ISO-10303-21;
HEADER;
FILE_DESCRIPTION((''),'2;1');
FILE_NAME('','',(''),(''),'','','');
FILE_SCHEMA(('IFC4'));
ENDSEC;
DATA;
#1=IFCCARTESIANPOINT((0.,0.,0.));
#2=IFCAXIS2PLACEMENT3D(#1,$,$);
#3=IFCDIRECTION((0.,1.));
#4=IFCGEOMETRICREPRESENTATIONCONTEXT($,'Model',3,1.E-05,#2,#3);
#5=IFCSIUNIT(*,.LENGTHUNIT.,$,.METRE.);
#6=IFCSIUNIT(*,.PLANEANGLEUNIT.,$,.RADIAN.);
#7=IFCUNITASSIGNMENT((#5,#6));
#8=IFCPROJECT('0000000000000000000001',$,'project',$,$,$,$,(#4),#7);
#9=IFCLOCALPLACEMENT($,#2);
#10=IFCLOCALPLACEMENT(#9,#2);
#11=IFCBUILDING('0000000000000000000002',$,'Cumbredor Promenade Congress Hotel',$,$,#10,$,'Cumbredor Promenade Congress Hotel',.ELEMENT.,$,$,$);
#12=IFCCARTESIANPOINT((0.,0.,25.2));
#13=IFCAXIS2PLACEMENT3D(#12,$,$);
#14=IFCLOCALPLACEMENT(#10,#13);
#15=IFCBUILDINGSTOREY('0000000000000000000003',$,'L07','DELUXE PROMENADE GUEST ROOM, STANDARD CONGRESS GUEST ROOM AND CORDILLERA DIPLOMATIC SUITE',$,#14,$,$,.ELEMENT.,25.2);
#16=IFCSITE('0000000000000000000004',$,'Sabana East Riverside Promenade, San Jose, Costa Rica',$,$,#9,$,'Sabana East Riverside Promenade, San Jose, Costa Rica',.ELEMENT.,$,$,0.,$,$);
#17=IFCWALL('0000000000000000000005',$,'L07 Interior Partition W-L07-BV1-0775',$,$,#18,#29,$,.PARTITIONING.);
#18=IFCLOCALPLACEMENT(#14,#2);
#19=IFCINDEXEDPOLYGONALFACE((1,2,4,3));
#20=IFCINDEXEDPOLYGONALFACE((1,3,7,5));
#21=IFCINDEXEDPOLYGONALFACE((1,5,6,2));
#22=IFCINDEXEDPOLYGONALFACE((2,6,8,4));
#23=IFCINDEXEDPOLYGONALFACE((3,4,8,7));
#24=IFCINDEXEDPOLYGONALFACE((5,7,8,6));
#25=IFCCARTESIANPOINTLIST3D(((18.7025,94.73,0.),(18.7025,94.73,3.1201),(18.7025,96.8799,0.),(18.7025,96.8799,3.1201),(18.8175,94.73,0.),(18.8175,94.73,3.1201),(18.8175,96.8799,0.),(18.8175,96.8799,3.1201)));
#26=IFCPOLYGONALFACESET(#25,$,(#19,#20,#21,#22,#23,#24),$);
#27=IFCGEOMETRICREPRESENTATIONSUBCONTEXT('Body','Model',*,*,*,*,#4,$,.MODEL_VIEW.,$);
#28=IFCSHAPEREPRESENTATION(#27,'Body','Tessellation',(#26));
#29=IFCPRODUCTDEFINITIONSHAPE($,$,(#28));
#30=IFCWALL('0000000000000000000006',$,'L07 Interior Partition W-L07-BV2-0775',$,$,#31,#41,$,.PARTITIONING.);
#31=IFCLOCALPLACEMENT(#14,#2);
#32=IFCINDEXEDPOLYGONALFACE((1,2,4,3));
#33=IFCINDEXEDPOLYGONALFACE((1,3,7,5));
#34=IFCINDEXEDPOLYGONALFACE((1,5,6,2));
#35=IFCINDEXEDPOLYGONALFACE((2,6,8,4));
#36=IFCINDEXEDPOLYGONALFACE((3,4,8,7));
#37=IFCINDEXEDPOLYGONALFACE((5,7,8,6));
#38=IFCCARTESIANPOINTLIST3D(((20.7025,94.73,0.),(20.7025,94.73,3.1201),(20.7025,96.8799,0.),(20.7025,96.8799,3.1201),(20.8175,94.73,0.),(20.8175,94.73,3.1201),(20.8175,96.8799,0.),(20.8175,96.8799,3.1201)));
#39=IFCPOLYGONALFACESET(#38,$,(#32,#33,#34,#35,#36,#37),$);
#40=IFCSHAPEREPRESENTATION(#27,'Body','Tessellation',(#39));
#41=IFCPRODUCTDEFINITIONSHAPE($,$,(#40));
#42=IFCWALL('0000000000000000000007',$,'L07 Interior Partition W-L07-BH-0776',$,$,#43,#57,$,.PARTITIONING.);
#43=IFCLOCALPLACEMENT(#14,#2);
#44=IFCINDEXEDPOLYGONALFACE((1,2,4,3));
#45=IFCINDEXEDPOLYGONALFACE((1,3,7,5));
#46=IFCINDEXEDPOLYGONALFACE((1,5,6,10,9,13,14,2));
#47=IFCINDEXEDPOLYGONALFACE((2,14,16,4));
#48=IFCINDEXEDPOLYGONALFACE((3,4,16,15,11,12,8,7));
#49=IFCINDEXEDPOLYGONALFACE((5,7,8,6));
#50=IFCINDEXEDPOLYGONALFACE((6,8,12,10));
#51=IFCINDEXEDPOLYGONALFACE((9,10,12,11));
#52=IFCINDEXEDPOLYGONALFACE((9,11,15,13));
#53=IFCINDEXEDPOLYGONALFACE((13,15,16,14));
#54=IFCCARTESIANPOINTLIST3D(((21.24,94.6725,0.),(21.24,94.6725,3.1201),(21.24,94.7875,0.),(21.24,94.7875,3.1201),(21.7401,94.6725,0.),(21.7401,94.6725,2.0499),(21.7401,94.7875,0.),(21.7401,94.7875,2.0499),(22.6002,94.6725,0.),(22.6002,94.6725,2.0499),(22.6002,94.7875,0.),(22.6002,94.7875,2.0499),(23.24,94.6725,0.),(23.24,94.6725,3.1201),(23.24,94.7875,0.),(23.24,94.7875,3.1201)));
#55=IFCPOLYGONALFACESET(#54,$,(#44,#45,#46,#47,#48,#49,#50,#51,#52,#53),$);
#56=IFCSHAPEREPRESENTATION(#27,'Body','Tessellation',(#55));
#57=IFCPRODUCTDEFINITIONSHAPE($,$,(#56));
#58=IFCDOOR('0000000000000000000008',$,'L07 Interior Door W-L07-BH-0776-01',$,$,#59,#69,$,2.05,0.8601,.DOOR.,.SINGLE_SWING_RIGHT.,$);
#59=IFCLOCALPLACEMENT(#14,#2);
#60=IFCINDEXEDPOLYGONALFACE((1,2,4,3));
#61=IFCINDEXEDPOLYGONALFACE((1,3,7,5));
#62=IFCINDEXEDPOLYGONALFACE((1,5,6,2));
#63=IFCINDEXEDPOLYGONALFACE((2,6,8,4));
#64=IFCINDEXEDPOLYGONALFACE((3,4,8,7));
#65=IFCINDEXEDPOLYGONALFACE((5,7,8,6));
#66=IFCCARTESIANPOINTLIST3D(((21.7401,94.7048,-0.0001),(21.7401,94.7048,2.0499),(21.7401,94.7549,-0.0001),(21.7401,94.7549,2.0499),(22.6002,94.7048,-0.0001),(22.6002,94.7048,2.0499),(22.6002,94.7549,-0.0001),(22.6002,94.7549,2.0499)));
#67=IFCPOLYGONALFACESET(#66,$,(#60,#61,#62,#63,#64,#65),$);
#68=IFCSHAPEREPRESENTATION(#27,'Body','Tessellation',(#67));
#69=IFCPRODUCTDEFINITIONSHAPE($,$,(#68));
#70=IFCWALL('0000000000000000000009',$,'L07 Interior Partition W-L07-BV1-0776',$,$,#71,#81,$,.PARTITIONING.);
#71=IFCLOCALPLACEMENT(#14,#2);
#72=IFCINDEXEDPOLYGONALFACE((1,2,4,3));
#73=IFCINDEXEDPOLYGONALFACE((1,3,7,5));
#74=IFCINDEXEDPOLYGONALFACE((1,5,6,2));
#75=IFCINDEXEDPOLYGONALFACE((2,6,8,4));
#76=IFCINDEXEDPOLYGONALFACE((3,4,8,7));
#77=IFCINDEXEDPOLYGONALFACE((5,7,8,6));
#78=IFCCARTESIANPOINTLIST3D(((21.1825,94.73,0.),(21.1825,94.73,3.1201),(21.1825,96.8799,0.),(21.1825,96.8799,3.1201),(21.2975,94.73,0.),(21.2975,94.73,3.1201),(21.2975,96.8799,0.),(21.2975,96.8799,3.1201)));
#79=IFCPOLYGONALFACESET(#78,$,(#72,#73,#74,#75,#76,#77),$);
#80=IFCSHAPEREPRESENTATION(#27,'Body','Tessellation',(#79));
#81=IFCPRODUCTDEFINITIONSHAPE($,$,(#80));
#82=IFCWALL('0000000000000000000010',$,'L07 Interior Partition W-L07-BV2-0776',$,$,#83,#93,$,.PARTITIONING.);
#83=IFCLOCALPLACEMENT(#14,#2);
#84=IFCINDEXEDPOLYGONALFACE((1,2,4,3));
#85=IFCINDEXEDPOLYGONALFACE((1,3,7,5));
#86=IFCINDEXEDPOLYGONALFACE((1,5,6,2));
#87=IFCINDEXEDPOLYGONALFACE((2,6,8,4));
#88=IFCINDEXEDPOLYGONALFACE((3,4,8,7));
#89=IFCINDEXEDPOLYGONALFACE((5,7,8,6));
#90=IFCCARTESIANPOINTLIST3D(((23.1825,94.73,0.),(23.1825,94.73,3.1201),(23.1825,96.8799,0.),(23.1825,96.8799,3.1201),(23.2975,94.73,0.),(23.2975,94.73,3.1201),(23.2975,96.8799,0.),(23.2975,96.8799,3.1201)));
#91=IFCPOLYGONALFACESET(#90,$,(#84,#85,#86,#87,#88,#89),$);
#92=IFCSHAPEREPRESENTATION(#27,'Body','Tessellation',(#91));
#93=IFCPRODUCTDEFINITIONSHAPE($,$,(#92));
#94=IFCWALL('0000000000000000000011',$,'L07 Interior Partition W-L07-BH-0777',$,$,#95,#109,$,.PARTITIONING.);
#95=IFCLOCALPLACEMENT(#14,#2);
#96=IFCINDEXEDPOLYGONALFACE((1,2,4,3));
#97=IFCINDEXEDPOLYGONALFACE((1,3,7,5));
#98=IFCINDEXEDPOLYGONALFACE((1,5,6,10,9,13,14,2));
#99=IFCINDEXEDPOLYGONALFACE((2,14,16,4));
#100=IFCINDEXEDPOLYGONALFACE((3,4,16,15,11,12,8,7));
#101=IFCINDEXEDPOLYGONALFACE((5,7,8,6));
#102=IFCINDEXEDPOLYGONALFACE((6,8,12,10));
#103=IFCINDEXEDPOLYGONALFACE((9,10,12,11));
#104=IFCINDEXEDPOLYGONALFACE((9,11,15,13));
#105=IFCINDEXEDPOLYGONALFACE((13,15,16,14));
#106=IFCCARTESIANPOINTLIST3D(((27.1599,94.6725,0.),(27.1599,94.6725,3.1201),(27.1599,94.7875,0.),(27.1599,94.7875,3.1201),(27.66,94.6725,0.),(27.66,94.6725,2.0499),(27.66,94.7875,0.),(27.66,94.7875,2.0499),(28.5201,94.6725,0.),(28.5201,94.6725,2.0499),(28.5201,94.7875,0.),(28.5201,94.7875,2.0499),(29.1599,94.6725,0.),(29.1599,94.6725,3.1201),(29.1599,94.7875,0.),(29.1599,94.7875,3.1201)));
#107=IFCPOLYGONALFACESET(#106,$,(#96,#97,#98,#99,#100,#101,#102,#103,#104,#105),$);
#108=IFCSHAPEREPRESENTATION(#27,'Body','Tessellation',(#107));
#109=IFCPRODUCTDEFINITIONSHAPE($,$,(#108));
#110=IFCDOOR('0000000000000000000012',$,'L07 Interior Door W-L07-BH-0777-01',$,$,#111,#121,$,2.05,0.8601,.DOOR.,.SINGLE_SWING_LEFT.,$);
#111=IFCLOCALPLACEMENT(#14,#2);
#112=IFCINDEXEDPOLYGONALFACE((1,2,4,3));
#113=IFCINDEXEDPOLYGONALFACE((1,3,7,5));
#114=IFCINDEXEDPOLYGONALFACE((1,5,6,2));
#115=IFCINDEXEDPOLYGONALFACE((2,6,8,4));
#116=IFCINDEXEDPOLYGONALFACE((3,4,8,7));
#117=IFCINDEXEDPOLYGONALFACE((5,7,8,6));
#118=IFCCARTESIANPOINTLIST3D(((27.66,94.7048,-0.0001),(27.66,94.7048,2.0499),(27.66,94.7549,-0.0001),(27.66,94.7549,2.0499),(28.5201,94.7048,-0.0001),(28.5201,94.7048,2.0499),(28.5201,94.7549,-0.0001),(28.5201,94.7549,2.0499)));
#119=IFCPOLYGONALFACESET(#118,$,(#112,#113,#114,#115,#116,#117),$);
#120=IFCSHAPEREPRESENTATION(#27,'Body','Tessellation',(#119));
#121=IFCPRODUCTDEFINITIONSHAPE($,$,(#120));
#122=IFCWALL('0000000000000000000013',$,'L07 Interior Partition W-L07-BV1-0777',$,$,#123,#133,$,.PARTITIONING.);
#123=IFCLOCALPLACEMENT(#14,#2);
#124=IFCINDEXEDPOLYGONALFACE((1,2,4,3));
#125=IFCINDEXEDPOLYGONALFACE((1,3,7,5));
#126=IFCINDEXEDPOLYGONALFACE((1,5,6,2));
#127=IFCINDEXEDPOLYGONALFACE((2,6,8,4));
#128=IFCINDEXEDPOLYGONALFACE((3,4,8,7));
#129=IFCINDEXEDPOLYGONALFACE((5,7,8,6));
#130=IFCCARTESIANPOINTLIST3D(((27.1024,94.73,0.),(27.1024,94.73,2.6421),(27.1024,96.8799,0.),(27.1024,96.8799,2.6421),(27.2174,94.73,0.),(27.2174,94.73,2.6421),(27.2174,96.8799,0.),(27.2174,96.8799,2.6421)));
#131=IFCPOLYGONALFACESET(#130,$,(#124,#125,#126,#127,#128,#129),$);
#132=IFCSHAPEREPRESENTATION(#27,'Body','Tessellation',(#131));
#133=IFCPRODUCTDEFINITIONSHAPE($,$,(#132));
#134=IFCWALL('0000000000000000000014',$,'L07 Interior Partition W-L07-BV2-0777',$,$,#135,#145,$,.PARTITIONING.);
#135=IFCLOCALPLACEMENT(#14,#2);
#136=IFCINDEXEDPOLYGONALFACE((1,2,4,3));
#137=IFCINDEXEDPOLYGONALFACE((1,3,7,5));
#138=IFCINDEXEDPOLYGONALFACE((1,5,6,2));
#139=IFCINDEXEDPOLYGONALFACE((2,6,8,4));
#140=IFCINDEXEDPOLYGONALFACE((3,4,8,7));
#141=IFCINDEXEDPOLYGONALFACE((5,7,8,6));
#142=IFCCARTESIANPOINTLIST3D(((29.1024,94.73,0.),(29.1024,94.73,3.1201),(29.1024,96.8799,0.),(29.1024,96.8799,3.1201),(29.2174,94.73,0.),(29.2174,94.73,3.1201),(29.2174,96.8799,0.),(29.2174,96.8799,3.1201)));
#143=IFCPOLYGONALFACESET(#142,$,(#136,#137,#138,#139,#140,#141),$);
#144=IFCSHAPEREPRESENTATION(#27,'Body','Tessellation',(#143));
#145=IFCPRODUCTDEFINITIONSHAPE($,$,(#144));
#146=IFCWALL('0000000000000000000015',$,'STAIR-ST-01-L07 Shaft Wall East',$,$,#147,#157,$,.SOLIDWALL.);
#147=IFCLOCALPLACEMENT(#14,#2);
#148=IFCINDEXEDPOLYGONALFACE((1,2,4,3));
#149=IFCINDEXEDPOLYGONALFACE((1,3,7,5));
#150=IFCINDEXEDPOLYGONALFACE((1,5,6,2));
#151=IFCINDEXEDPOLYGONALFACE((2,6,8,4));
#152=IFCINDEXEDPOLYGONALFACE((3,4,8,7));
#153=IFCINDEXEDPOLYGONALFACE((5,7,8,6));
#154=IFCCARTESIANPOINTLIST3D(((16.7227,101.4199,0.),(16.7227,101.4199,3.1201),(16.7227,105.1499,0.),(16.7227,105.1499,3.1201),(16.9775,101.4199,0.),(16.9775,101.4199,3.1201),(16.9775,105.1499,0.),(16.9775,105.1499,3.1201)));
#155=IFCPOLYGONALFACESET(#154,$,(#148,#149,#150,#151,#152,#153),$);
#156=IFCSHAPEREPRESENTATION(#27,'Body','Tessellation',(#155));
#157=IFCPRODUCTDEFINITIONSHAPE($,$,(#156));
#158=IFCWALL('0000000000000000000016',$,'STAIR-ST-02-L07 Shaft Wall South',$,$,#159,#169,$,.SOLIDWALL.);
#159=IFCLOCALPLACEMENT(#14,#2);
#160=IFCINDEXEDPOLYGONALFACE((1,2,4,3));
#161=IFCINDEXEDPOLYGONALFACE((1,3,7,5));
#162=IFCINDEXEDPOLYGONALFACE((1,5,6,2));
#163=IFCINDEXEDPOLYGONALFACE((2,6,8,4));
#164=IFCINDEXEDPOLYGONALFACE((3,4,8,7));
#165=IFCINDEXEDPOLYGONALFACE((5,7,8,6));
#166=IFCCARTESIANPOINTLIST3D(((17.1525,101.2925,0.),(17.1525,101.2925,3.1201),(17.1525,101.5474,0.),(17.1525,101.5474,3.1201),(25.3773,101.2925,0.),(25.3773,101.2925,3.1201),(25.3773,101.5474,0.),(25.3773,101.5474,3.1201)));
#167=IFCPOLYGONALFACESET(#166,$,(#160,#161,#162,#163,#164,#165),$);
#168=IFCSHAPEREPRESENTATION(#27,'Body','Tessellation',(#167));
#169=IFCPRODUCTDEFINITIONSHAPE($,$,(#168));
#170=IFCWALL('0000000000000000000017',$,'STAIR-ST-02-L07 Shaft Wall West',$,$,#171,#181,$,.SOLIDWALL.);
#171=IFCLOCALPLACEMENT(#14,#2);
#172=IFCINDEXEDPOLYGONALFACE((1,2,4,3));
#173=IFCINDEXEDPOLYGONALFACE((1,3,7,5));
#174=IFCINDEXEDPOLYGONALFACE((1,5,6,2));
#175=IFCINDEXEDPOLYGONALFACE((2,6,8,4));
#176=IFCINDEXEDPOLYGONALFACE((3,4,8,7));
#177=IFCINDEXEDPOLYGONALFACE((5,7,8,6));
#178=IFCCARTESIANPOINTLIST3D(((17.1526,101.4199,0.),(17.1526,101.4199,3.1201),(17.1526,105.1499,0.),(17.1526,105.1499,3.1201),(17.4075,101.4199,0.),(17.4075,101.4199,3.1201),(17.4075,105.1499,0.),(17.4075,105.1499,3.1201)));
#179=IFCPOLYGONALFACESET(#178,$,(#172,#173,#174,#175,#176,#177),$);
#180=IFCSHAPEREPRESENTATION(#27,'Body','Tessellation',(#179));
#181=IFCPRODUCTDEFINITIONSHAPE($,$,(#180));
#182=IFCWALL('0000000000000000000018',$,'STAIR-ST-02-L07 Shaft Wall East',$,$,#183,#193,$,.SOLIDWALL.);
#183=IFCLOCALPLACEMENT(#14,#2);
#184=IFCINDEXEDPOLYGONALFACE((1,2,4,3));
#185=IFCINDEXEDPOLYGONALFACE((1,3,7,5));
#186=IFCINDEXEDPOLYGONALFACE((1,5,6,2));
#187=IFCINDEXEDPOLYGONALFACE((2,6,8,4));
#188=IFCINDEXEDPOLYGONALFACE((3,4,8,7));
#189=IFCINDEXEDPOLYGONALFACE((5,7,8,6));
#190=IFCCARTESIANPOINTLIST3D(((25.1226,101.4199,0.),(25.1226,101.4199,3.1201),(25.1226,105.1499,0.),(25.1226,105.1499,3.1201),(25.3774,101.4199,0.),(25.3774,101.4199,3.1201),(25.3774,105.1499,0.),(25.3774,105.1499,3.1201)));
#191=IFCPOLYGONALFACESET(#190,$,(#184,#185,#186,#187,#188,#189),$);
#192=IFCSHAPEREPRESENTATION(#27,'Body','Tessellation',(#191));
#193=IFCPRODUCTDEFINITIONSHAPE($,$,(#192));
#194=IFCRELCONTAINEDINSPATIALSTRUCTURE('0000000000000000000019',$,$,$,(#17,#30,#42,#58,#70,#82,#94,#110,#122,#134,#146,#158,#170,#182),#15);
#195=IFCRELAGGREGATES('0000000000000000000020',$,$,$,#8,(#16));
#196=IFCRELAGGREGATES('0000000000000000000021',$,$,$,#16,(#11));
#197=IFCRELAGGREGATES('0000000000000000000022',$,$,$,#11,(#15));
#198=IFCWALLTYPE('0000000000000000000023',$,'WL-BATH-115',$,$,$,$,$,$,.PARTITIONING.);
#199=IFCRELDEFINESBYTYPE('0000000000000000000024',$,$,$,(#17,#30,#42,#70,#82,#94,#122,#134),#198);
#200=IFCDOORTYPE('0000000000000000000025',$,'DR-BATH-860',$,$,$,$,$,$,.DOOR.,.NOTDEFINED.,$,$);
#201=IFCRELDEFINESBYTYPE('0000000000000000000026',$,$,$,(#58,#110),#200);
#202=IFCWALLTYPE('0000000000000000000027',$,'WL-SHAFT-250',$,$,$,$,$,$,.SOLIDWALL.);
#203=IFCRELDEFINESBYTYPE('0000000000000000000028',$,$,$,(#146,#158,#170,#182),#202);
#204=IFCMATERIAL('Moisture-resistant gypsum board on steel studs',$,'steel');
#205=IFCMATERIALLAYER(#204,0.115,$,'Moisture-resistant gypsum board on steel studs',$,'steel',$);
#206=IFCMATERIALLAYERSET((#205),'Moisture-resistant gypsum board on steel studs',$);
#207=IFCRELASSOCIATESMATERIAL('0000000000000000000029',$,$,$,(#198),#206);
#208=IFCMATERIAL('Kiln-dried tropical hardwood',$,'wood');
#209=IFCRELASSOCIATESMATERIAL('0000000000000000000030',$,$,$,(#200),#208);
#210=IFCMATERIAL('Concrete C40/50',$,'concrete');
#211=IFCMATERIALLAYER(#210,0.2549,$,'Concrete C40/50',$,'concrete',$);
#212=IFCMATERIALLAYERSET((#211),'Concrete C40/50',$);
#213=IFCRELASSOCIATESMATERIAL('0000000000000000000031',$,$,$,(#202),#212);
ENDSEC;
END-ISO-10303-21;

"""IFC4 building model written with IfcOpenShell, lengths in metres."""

from ifc_helpers import new_model, si_unit, direction, frame, frame_2d, origin, place, context, subcontext, project, spatial, rectangle, extrude, material, layer, layer_set, type_object, element, fill, save


model = new_model("IFC4")

# Units and contexts
model_context = context("Model", 3, precision=1e-05, world=origin(), true_north=direction((0.0, 1.0)))
body_context = subcontext(model_context, "Body", "Model", "MODEL_VIEW")
ifc_project = project(units=[si_unit("LENGTHUNIT", "METRE"), si_unit("PLANEANGLEUNIT", "RADIAN")], contexts=[model_context])

# Site, building, storey
site_placement = place(None, origin())
site = spatial("IfcSite", under=ifc_project, at=site_placement, Name="Sabana East Riverside Promenade, San Jose, Costa Rica", LongName="Sabana East Riverside Promenade, San Jose, Costa Rica", CompositionType="ELEMENT", RefElevation=0.0)
building_placement = place(site_placement, origin())
building = spatial("IfcBuilding", under=site, at=building_placement, Name="Cumbredor Promenade Congress Hotel", LongName="Cumbredor Promenade Congress Hotel", CompositionType="ELEMENT")
storey_placement = place(building_placement, frame((0.0, 0.0, 25.2)))
storey = spatial("IfcBuildingStorey", under=building, at=storey_placement, Name="L07", Description="DELUXE PROMENADE GUEST ROOM, STANDARD CONGRESS GUEST ROOM AND CORDILLERA DIPLOMATIC SUITE", CompositionType="ELEMENT", Elevation=25.2)

# Shared definitions
ifc_material_1 = material(Name="Concrete C40/50", Category="concrete")

# Shared definitions
ifc_material_2 = material(Name="Moisture-resistant gypsum board on steel studs", Category="steel")
ifc_layer_1 = layer(ifc_material_2, 0.115, Name="Moisture-resistant gypsum board on steel studs", Category="steel")
ifc_layer_set_1 = layer_set([ifc_layer_1], Name="Moisture-resistant gypsum board on steel studs")
wall_type_1 = type_object("IfcWallType", Name="WL-BATH-115", PredefinedType="PARTITIONING", material=ifc_layer_set_1)
ifc_material_3 = material(Name="Kiln-dried tropical hardwood", Category="wood")
door_type_1 = type_object("IfcDoorType", Name="DR-BATH-860", OperationType="NOTDEFINED", PredefinedType="DOOR", material=ifc_material_3)

# Walls
for number, where, z_axis, x_axis, name in (
    (1, (18.76, 94.73, 0.0), (0.0, 0.0, 1.0), (0.0, 1.0, 0.0), "L07 Interior Partition W-L07-BV1-0775"),
    (2, (20.76, 94.73, 0.0), (0.0, 0.0, 1.0), (0.0, 1.0, 0.0), "L07 Interior Partition W-L07-BV2-0775"),
):
    element("IfcWall", number, at=place(storey_placement, frame(where, z_axis=z_axis, x_axis=x_axis)), inside=storey, type_object=wall_type_1, Name=name, PredefinedType="PARTITIONING", context=body_context, shape_type="SweptSolid", body=[
        extrude(rectangle(XDim=2.1499, YDim=0.115, at=frame_2d((1.075, 0.0))), origin(), (0.0, 0.0, 1.0), 3.1201),
    ])

# Wall, opening, door
wall_1_placement = place(storey_placement, frame((21.24, 94.73, 0.0), z_axis=(0.0, 0.0, 1.0), x_axis=(1.0, 0.0, 0.0)))
wall_1 = element("IfcWall", 3, at=wall_1_placement, inside=storey, type_object=wall_type_1, Name="L07 Interior Partition W-L07-BH-0776", PredefinedType="PARTITIONING", context=body_context, shape_type="SweptSolid", body=[
    extrude(rectangle(XDim=2.0, YDim=0.115, at=frame_2d((1.0, 0.0))), origin(), (0.0, 0.0, 1.0), 3.1201),
])
opening_1_placement = place(wall_1_placement, frame((0.5, 0.0, 0.0)))
opening_1 = element("IfcOpeningElement", 4, at=opening_1_placement, cuts=wall_1, PredefinedType="OPENING", context=body_context, shape_type="SweptSolid", body=[
    extrude(rectangle(XDim=0.8601, YDim=2.05, at=frame_2d((0.4302, 1.0249))), frame((0.0, 0.0674, 0.0), z_axis=(0.0, -1.0, 0.0), x_axis=(1.0, 0.0, 0.0)), (0.0, 0.0, 1.0), 0.135),
])
door_1_placement = place(opening_1_placement, origin())
door_1 = element("IfcDoor", 5, at=door_1_placement, inside=storey, type_object=door_type_1, Name="L07 Interior Door W-L07-BH-0776-01", OperationType="SINGLE_SWING_RIGHT", OverallHeight=2.05, OverallWidth=0.8601, PredefinedType="DOOR", context=body_context, shape_type="SweptSolid", body=[
    extrude(rectangle(XDim=0.8601, YDim=2.05, at=frame_2d((0.4302, 1.0249))), frame((0.0, 0.0249, 0.0), z_axis=(0.0, -1.0, 0.0), x_axis=(1.0, 0.0, 0.0)), (0.0, 0.0, 1.0), 0.05),
])
fill(opening_1, door_1)

# Walls
for number, where, z_axis, x_axis, name in (
    (6, (21.24, 94.73, 0.0), (0.0, 0.0, 1.0), (0.0, 1.0, 0.0), "L07 Interior Partition W-L07-BV1-0776"),
    (7, (23.24, 94.73, 0.0), (0.0, 0.0, 1.0), (0.0, 1.0, 0.0), "L07 Interior Partition W-L07-BV2-0776"),
):
    element("IfcWall", number, at=place(storey_placement, frame(where, z_axis=z_axis, x_axis=x_axis)), inside=storey, type_object=wall_type_1, Name=name, PredefinedType="PARTITIONING", context=body_context, shape_type="SweptSolid", body=[
        extrude(rectangle(XDim=2.1499, YDim=0.115, at=frame_2d((1.075, 0.0))), origin(), (0.0, 0.0, 1.0), 3.1201),
    ])

# Wall, opening, door
wall_2_placement = place(storey_placement, frame((27.1599, 94.73, 0.0), z_axis=(0.0, 0.0, 1.0), x_axis=(1.0, 0.0, 0.0)))
wall_2 = element("IfcWall", 8, at=wall_2_placement, inside=storey, type_object=wall_type_1, Name="L07 Interior Partition W-L07-BH-0777", PredefinedType="PARTITIONING", context=body_context, shape_type="SweptSolid", body=[
    extrude(rectangle(XDim=2.0, YDim=0.115, at=frame_2d((1.0, 0.0))), origin(), (0.0, 0.0, 1.0), 3.1201),
])
opening_2_placement = place(wall_2_placement, frame((0.5, 0.0, 0.0)))
opening_2 = element("IfcOpeningElement", 9, at=opening_2_placement, cuts=wall_2, PredefinedType="OPENING", context=body_context, shape_type="SweptSolid", body=[
    extrude(rectangle(XDim=0.8601, YDim=2.05, at=frame_2d((0.4302, 1.0249))), frame((0.0, 0.0674, 0.0), z_axis=(0.0, -1.0, 0.0), x_axis=(1.0, 0.0, 0.0)), (0.0, 0.0, 1.0), 0.135),
])
door_2_placement = place(opening_2_placement, origin())
door_2 = element("IfcDoor", 10, at=door_2_placement, inside=storey, type_object=door_type_1, Name="L07 Interior Door W-L07-BH-0777-01", OperationType="SINGLE_SWING_LEFT", OverallHeight=2.05, OverallWidth=0.8601, PredefinedType="DOOR", context=body_context, shape_type="SweptSolid", body=[
    extrude(rectangle(XDim=0.8601, YDim=2.05, at=frame_2d((0.4302, 1.0249))), frame((0.0, 0.0249, 0.0), z_axis=(0.0, -1.0, 0.0), x_axis=(1.0, 0.0, 0.0)), (0.0, 0.0, 1.0), 0.05),
])
fill(opening_2, door_2)

# Walls
wall_3_placement = place(storey_placement, frame((27.1599, 94.73, 0.0), z_axis=(0.0, 0.0, 1.0), x_axis=(0.0, 1.0, 0.0)))
element("IfcWall", 11, at=wall_3_placement, inside=storey, type_object=wall_type_1, Name="L07 Interior Partition W-L07-BV1-0777", PredefinedType="PARTITIONING", context=body_context, shape_type="SweptSolid", body=[
    extrude(rectangle(XDim=2.1499, YDim=0.115, at=frame_2d((1.075, 0.0))), origin(), (0.0, 0.0, 1.0), 2.6421),
])
wall_4_placement = place(storey_placement, frame((29.1599, 94.73, 0.0), z_axis=(0.0, 0.0, 1.0), x_axis=(0.0, 1.0, 0.0)))
element("IfcWall", 12, at=wall_4_placement, inside=storey, type_object=wall_type_1, Name="L07 Interior Partition W-L07-BV2-0777", PredefinedType="PARTITIONING", context=body_context, shape_type="SweptSolid", body=[
    extrude(rectangle(XDim=2.1499, YDim=0.115, at=frame_2d((1.075, 0.0))), origin(), (0.0, 0.0, 1.0), 3.1201),
])
ifc_layer_2 = layer(ifc_material_1, 0.2549, Name="Concrete C40/50", Category="concrete")
ifc_layer_set_2 = layer_set([ifc_layer_2], Name="Concrete C40/50")
wall_type_2 = type_object("IfcWallType", Name="WL-SHAFT-250", PredefinedType="SOLIDWALL", material=ifc_layer_set_2)
wall_5_placement = place(storey_placement, frame((16.8501, 101.4199, 0.0), z_axis=(0.0, 0.0, 1.0), x_axis=(0.0, 1.0, 0.0)))
element("IfcWall", 13, at=wall_5_placement, inside=storey, type_object=wall_type_2, Name="STAIR-ST-01-L07 Shaft Wall East", PredefinedType="SOLIDWALL", context=body_context, shape_type="SweptSolid", body=[
    extrude(rectangle(XDim=3.73, YDim=0.2549, at=frame_2d((1.865, 0.0))), origin(), (0.0, 0.0, 1.0), 3.1201),
])
wall_6_placement = place(storey_placement, frame((17.1526, 101.4199, 0.0), z_axis=(0.0, 0.0, 1.0), x_axis=(1.0, 0.0, 0.0)))
element("IfcWall", 14, at=wall_6_placement, inside=storey, type_object=wall_type_2, Name="STAIR-ST-02-L07 Shaft Wall South", PredefinedType="SOLIDWALL", context=body_context, shape_type="SweptSolid", body=[
    extrude(rectangle(XDim=8.2249, YDim=0.2549, at=frame_2d((4.1123, 0.0))), origin(), (0.0, 0.0, 1.0), 3.1201),
])
for number, where, z_axis, x_axis, name in (
    (15, (17.28, 101.4199, 0.0), (0.0, 0.0, 1.0), (0.0, 1.0, 0.0), "STAIR-ST-02-L07 Shaft Wall West"),
    (16, (25.25, 101.4199, 0.0), (0.0, 0.0, 1.0), (0.0, 1.0, 0.0), "STAIR-ST-02-L07 Shaft Wall East"),
):
    element("IfcWall", number, at=place(storey_placement, frame(where, z_axis=z_axis, x_axis=x_axis)), inside=storey, type_object=wall_type_2, Name=name, PredefinedType="SOLIDWALL", context=body_context, shape_type="SweptSolid", body=[
        extrude(rectangle(XDim=3.73, YDim=0.2549, at=frame_2d((1.865, 0.0))), origin(), (0.0, 0.0, 1.0), 3.1201),
    ])

save(model, "model.ifc")
